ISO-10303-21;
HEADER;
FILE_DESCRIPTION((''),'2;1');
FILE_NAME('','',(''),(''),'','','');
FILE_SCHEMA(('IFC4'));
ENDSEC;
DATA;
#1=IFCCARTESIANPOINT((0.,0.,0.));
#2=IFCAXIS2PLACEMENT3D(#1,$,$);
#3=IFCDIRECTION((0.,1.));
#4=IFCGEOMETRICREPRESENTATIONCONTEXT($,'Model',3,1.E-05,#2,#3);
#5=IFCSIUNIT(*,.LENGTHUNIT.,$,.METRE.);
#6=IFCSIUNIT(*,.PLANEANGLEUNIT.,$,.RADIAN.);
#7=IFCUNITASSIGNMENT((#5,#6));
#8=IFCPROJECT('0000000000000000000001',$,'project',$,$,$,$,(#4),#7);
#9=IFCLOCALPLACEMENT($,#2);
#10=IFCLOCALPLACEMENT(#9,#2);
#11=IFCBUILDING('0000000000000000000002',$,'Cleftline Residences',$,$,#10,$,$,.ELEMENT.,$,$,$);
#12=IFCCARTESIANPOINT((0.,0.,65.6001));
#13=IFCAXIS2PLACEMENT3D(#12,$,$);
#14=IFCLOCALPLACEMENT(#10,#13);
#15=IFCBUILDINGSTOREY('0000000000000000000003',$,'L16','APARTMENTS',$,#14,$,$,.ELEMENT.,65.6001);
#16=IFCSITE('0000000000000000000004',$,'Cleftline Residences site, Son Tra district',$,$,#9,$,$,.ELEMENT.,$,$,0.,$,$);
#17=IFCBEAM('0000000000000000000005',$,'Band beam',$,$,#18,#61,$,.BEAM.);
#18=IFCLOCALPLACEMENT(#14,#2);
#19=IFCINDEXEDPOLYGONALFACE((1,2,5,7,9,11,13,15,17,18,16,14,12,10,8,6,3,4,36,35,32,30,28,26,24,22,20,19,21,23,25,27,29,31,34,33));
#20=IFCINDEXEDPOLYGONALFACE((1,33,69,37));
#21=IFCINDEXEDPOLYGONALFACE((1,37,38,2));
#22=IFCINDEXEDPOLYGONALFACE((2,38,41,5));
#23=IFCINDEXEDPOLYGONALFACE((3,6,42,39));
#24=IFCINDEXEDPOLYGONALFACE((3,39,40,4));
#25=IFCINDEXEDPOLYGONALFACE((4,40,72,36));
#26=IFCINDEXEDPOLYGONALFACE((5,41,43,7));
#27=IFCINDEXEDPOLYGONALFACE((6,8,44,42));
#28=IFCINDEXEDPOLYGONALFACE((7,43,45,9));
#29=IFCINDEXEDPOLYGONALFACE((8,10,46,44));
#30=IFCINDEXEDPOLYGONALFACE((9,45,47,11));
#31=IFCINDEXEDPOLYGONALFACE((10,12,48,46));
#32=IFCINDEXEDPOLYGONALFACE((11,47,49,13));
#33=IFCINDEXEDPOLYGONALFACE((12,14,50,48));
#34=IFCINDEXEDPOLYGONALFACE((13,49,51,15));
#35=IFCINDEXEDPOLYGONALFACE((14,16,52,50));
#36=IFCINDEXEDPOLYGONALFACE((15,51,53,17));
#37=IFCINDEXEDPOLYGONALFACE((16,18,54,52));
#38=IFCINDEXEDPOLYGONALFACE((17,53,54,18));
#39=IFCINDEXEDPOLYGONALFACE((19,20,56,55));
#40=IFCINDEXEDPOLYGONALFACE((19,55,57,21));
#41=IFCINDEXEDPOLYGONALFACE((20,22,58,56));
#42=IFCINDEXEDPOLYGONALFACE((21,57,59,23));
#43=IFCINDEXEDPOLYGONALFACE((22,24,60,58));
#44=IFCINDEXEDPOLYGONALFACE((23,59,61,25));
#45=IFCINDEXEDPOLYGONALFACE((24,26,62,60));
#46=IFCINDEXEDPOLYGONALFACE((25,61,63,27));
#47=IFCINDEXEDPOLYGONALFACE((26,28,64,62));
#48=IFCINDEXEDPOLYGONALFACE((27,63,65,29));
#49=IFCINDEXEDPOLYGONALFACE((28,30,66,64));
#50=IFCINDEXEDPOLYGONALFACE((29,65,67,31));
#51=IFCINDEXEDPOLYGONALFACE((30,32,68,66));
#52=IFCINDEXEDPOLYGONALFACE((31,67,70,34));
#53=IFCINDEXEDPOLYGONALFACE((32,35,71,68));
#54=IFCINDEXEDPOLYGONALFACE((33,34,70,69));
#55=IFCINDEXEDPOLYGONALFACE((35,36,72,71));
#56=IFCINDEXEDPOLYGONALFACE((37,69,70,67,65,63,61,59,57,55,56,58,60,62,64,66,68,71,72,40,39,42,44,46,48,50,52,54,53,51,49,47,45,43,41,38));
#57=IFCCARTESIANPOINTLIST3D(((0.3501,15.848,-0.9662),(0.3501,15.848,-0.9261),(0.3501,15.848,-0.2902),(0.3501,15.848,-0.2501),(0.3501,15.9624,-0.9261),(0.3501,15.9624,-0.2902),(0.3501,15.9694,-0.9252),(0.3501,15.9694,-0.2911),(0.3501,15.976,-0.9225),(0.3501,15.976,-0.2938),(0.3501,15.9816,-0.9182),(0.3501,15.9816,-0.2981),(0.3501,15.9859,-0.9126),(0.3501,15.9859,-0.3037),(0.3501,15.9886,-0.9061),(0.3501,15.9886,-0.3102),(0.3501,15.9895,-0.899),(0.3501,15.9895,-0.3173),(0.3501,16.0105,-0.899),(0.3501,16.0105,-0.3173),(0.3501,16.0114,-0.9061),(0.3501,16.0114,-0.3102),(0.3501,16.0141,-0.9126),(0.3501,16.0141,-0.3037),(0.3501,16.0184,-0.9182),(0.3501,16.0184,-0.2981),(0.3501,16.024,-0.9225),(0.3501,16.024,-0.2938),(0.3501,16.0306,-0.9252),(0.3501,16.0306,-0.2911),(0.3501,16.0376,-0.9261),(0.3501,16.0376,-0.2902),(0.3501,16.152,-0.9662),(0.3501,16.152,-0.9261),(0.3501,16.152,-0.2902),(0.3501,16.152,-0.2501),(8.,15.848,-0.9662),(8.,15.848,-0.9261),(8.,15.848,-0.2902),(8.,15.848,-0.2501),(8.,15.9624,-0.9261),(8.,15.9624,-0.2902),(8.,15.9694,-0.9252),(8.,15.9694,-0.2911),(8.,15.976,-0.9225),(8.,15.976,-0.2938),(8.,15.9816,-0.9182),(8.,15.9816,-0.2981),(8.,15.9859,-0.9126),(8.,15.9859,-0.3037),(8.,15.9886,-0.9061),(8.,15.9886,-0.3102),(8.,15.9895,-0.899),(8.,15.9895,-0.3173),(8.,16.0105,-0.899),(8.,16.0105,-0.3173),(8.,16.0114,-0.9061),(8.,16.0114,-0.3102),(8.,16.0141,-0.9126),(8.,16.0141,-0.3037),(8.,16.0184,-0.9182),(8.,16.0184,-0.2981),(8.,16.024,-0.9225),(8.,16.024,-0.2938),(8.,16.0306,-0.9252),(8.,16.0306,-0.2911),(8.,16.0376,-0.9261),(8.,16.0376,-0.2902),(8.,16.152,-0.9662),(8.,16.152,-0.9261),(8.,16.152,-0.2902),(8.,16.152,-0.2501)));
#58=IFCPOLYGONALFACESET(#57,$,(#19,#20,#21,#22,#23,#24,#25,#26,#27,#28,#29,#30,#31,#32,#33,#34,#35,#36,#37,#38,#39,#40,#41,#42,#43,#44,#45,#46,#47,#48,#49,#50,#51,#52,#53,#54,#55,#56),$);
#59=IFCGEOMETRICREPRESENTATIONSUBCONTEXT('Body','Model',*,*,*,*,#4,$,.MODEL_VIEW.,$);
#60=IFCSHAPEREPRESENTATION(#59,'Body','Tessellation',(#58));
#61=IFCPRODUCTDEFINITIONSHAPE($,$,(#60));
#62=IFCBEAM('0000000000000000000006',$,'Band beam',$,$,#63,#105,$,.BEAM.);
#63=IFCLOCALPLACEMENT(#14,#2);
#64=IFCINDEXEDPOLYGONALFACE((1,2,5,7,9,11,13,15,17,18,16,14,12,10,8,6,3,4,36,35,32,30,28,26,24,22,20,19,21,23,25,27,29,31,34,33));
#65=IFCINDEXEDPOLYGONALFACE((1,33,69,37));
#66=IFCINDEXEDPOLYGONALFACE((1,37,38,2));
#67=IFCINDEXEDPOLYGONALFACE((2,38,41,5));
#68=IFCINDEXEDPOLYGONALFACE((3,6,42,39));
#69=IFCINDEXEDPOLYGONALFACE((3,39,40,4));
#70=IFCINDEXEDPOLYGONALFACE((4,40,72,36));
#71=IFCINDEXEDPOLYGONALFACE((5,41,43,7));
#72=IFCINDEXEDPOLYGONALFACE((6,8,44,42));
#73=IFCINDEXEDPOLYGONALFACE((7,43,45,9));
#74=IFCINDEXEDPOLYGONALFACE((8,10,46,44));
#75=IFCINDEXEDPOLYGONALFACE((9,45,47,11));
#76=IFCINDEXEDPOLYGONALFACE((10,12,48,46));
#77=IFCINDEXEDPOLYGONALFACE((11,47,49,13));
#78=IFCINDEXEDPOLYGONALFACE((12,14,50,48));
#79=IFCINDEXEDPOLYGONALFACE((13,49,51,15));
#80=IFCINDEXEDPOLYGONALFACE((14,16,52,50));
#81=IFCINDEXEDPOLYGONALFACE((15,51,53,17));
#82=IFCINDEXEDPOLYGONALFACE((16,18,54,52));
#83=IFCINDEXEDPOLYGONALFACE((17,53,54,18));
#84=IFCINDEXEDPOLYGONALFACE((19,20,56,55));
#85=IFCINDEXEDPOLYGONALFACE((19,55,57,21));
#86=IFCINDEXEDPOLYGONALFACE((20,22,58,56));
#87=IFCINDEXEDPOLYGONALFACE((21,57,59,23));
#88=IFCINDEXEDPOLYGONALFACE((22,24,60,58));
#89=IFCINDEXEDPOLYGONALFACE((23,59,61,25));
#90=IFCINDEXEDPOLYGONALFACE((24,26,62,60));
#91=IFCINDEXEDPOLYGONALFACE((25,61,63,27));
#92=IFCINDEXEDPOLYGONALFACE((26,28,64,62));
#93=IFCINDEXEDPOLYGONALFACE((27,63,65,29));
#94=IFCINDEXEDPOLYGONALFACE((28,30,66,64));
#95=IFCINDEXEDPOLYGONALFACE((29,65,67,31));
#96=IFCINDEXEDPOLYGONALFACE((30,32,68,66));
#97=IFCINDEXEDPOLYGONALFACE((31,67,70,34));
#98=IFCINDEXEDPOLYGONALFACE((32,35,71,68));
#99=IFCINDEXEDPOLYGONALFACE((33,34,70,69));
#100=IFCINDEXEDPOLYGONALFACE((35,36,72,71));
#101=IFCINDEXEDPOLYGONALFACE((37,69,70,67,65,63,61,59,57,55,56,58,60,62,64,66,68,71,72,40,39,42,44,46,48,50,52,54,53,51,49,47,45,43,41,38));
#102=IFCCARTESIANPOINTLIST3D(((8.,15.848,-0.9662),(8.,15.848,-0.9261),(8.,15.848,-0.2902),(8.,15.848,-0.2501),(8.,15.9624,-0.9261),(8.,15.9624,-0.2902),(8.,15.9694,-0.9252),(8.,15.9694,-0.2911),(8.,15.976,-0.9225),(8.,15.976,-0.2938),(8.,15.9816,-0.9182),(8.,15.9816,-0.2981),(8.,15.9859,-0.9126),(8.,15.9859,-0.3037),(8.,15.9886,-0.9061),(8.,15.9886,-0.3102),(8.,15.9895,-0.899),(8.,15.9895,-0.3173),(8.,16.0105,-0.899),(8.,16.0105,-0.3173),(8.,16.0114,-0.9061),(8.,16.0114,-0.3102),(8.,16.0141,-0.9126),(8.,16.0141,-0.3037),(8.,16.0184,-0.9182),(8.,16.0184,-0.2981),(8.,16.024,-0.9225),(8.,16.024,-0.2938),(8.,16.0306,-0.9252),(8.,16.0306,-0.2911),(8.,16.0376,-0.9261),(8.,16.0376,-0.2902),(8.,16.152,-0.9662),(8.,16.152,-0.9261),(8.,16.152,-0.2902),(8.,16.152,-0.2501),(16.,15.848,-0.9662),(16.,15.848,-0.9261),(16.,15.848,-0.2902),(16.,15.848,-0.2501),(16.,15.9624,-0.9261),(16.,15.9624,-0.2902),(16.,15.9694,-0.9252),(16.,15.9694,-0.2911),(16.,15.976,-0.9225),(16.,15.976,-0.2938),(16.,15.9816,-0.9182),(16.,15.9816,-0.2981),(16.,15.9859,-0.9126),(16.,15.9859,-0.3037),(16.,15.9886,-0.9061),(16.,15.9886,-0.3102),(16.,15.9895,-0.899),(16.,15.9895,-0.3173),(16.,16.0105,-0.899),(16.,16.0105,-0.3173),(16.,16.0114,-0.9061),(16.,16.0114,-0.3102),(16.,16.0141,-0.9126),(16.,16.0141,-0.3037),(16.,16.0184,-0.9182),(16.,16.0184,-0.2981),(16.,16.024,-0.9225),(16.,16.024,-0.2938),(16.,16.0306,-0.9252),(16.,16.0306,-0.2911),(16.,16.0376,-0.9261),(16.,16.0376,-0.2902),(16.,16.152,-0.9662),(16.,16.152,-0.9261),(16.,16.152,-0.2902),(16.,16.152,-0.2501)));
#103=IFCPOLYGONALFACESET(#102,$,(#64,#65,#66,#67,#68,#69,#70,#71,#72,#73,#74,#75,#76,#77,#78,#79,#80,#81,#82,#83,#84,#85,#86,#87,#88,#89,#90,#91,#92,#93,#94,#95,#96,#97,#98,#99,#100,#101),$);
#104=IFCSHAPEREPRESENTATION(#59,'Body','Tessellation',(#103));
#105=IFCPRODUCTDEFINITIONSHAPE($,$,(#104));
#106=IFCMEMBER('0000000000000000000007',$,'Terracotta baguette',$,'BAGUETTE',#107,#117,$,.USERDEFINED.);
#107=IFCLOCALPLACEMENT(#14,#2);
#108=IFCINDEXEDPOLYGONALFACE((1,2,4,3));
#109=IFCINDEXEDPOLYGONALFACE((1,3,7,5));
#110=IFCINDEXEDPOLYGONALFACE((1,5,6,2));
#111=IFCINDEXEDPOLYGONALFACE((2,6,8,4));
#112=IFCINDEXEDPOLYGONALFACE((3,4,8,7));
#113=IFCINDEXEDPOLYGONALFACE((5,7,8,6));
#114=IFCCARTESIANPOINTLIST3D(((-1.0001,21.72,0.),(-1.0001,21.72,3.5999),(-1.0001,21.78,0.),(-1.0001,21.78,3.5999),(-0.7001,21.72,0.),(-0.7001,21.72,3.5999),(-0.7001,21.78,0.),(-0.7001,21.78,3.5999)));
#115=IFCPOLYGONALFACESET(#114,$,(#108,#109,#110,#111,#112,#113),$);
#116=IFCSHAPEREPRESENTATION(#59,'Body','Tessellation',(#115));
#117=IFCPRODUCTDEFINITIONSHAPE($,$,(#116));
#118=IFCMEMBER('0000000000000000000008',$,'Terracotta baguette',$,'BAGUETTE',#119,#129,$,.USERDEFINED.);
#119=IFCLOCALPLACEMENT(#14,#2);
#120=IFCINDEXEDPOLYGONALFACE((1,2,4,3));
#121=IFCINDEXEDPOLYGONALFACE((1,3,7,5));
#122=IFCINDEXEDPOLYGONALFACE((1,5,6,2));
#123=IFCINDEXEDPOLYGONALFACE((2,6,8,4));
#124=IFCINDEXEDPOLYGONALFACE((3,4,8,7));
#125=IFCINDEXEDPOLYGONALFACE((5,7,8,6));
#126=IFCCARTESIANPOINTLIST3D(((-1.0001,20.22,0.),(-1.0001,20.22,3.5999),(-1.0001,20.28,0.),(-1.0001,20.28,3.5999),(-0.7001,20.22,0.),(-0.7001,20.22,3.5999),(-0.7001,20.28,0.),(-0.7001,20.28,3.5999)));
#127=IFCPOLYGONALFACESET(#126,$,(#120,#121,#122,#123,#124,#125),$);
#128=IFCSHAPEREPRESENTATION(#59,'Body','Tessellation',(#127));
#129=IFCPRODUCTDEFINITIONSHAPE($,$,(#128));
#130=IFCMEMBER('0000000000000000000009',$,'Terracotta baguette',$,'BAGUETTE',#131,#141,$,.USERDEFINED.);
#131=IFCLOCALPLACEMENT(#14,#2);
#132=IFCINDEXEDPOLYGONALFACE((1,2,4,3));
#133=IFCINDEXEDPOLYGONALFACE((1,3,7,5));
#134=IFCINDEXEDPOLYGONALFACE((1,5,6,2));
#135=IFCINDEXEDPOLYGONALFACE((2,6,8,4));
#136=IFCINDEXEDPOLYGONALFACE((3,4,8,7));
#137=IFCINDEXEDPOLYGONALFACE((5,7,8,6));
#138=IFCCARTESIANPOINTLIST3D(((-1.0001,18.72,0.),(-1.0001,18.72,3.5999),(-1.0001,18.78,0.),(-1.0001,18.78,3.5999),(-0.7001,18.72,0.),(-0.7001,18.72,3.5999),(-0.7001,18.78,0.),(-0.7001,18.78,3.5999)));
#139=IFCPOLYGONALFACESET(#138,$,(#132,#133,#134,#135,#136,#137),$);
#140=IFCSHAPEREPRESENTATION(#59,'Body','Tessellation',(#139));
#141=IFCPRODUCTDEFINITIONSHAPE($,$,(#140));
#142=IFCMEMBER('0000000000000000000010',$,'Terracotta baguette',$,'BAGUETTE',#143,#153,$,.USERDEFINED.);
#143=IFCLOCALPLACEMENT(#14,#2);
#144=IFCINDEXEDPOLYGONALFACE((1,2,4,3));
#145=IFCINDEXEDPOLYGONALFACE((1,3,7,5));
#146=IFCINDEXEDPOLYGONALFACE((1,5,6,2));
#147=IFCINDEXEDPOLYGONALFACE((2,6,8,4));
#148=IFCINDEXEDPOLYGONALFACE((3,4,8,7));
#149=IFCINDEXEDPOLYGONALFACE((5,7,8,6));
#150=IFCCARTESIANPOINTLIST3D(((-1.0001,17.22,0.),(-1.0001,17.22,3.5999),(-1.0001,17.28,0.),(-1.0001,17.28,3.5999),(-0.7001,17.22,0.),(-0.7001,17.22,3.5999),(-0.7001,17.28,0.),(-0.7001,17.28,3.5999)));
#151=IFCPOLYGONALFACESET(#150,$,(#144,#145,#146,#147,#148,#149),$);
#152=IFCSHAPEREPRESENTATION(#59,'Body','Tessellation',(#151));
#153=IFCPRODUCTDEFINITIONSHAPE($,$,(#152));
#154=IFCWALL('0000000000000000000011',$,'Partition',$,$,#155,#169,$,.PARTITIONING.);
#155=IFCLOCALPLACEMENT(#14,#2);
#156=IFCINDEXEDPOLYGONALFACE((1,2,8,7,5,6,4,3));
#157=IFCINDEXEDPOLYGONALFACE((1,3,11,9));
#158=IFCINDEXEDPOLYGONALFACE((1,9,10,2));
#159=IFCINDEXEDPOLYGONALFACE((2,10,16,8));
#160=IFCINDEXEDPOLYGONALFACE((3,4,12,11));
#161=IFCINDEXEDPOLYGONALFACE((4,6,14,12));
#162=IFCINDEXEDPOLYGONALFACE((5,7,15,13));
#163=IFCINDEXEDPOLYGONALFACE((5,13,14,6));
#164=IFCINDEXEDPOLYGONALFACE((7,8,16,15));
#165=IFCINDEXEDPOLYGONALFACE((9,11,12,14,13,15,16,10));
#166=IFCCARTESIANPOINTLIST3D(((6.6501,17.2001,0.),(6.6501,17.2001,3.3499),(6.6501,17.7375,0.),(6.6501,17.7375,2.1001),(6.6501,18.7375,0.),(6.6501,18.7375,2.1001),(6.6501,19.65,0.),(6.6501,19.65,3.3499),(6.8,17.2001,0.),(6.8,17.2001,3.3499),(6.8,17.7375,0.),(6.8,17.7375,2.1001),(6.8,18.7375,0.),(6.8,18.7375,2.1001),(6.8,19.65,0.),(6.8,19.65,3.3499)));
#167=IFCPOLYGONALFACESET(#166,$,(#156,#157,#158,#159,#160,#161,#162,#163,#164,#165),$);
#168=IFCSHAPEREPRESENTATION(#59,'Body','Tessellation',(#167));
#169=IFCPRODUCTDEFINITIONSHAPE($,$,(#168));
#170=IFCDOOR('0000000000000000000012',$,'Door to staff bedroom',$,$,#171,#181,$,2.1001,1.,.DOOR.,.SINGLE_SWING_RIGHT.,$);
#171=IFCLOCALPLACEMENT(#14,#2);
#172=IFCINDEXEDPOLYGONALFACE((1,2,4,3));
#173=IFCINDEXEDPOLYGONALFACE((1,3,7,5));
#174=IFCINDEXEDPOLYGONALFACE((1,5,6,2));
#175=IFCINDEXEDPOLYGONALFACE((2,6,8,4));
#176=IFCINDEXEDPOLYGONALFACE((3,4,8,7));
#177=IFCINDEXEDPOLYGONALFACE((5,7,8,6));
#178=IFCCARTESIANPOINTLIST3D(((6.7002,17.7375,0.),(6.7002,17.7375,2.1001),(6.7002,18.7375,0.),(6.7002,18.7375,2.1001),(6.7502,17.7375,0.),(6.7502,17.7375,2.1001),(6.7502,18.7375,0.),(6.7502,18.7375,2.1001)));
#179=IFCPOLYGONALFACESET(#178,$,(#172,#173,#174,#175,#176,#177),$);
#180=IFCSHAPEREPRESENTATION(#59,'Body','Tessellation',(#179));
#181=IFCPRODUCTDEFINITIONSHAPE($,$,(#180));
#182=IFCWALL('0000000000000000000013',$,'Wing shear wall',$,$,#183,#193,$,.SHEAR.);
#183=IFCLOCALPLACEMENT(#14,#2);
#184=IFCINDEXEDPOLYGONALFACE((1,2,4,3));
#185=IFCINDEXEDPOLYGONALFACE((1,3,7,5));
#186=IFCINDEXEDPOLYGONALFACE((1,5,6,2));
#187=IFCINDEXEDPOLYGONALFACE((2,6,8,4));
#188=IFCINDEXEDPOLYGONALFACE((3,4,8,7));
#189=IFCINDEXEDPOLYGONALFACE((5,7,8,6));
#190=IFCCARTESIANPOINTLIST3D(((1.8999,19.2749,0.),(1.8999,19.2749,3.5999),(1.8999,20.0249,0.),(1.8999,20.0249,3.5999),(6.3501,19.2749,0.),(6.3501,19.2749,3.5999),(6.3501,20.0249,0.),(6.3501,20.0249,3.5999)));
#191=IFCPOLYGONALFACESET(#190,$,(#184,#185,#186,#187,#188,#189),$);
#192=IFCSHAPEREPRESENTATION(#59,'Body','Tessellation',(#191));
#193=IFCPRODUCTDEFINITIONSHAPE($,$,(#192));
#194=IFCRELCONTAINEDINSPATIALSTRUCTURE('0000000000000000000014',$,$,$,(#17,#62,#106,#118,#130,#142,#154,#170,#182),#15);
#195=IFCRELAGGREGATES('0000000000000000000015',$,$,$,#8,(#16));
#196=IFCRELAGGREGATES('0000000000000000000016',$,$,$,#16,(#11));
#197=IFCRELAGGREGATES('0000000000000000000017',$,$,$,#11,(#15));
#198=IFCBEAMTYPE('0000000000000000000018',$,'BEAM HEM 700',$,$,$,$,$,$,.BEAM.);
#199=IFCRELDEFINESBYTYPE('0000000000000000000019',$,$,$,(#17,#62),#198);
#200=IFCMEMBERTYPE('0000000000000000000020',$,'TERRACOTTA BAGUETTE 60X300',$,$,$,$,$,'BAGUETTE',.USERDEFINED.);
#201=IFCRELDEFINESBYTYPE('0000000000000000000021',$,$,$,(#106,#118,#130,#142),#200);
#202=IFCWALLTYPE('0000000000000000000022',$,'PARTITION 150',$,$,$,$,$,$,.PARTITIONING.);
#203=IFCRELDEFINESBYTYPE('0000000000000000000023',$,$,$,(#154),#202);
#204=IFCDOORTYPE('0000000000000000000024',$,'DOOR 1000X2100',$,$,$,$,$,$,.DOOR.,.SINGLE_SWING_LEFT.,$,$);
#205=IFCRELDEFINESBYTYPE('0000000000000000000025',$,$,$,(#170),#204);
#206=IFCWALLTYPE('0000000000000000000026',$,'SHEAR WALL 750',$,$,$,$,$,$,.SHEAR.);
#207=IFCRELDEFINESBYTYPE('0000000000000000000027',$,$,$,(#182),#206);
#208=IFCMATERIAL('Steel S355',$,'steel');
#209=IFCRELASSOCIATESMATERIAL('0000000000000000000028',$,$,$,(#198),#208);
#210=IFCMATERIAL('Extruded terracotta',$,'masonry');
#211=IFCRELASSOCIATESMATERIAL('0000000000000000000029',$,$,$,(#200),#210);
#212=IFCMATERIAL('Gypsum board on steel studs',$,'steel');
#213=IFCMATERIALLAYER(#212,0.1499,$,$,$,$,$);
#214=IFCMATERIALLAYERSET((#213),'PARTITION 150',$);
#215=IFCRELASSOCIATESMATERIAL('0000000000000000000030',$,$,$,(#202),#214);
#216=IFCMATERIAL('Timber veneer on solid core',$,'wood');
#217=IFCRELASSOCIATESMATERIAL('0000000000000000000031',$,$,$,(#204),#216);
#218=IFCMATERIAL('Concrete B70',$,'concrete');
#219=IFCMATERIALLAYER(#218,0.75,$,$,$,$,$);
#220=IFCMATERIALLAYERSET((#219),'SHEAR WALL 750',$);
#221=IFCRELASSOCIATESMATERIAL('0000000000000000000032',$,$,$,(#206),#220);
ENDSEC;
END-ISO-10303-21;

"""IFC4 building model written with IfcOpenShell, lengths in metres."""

from ifc_helpers import new_model, si_unit, direction, frame, frame_2d, origin, origin_2d, place, context, subcontext, project, spatial, rectangle, i_section, extrude, material, layer, layer_set, material_profile, profile_set, type_object, element, fill, save


model = new_model("IFC4")

# Units and contexts
model_context = context("Model", 3, precision=1e-05, world=origin(), true_north=direction((0.0, 1.0)))
body_context = subcontext(model_context, "Body", "Model", "MODEL_VIEW")
ifc_project = project(units=[si_unit("LENGTHUNIT", "METRE"), si_unit("PLANEANGLEUNIT", "RADIAN")], contexts=[model_context])

# Site, building, storey
site_placement = place(None, origin())
site = spatial("IfcSite", under=ifc_project, at=site_placement, Name="Cleftline Residences site, Son Tra district", CompositionType="ELEMENT", RefElevation=0.0)
building_placement = place(site_placement, origin())
building = spatial("IfcBuilding", under=site, at=building_placement, Name="Cleftline Residences", CompositionType="ELEMENT")
storey_placement = place(building_placement, frame((0.0, 0.0, 65.6001)))
storey = spatial("IfcBuildingStorey", under=building, at=storey_placement, Name="L16", Description="APARTMENTS", CompositionType="ELEMENT", Elevation=65.6001)

# Beams
ifc_material_1 = material(Name="Steel S355", Category="steel")
ifc_material_profile_1 = material_profile(ifc_material_1, i_section(OverallWidth=0.304, OverallDepth=0.7161, WebThickness=0.021, FlangeThickness=0.04, FilletRadius=0.0271, at=origin_2d()))
ifc_profile_set_1 = profile_set([ifc_material_profile_1], Name="Steel S355")
beam_type_1 = type_object("IfcBeamType", Name="BEAM HEM 700", PredefinedType="BEAM", material=ifc_profile_set_1)
beam_1_placement = place(storey_placement, frame((0.3501, 16.0, -0.6082), z_axis=(1.0, 0.0, 0.0), x_axis=(0.0, 1.0, 0.0)))
element("IfcBeam", 1, at=beam_1_placement, inside=storey, type_object=beam_type_1, Name="Band beam", PredefinedType="BEAM", context=body_context, shape_type="SweptSolid", body=[
    extrude(i_section(OverallWidth=0.304, OverallDepth=0.7161, WebThickness=0.021, FlangeThickness=0.04, FilletRadius=0.0271, at=origin_2d()), origin(), (0.0, 0.0, 1.0), 7.6499),
])
beam_2_placement = place(storey_placement, frame((8.0, 16.0, -0.6082), z_axis=(1.0, 0.0, 0.0), x_axis=(0.0, 1.0, 0.0)))
element("IfcBeam", 2, at=beam_2_placement, inside=storey, type_object=beam_type_1, Name="Band beam", PredefinedType="BEAM", context=body_context, shape_type="SweptSolid", body=[
    extrude(i_section(OverallWidth=0.304, OverallDepth=0.7161, WebThickness=0.021, FlangeThickness=0.04, FilletRadius=0.0271, at=origin_2d()), origin(), (0.0, 0.0, 1.0), 8.0),
])

# Members
ifc_material_2 = material(Name="Extruded terracotta", Category="masonry")
ifc_material_profile_2 = material_profile(ifc_material_2, rectangle(XDim=0.0601, YDim=0.3, at=origin_2d()))
ifc_profile_set_2 = profile_set([ifc_material_profile_2], Name="Extruded terracotta")
member_type_1 = type_object("IfcMemberType", Name="TERRACOTTA BAGUETTE 60X300", ElementType="BAGUETTE", PredefinedType="USERDEFINED", material=ifc_profile_set_2)
for number, where, z_axis, x_axis, name in (
    (3, (-0.8501, 21.75, 0.0), (0.0, 0.0, 1.0), (0.0, 1.0, 0.0), "Terracotta baguette"),
    (4, (-0.8501, 20.25, 0.0), (0.0, 0.0, 1.0), (0.0, 1.0, 0.0), "Terracotta baguette"),
    (5, (-0.8501, 18.75, 0.0), (0.0, 0.0, 1.0), (0.0, 1.0, 0.0), "Terracotta baguette"),
    (6, (-0.8501, 17.25, 0.0), (0.0, 0.0, 1.0), (0.0, 1.0, 0.0), "Terracotta baguette"),
):
    element("IfcMember", number, at=place(storey_placement, frame(where, z_axis=z_axis, x_axis=x_axis)), inside=storey, type_object=member_type_1, Name=name, ObjectType="BAGUETTE", PredefinedType="USERDEFINED", context=body_context, shape_type="SweptSolid", body=[
        extrude(rectangle(XDim=0.0601, YDim=0.3, at=origin_2d()), origin(), (0.0, 0.0, 1.0), 3.5999),
    ])

# Wall, opening, door
ifc_material_3 = material(Name="Gypsum board on steel studs", Category="steel")
ifc_layer_1 = layer(ifc_material_3, 0.1499)
ifc_layer_set_1 = layer_set([ifc_layer_1], Name="PARTITION 150")
wall_type_1 = type_object("IfcWallType", Name="PARTITION 150", PredefinedType="PARTITIONING", material=ifc_layer_set_1)
wall_1_placement = place(storey_placement, frame((6.7251, 17.2, 0.0), z_axis=(0.0, 0.0, 1.0), x_axis=(0.0, 1.0, 0.0)))
wall_1 = element("IfcWall", 7, at=wall_1_placement, inside=storey, type_object=wall_type_1, Name="Partition", PredefinedType="PARTITIONING", context=body_context, shape_type="SweptSolid", body=[
    extrude(rectangle(XDim=2.45, YDim=0.1499, at=frame_2d((1.2251, 0.0))), origin(), (0.0, 0.0, 1.0), 3.3499),
])
opening_1_placement = place(wall_1_placement, frame((0.5376, 0.0, 0.0)))
opening_1 = element("IfcOpeningElement", 8, at=opening_1_placement, cuts=wall_1, PredefinedType="OPENING", context=body_context, shape_type="SweptSolid", body=[
    extrude(rectangle(XDim=1.0, YDim=2.1001, at=frame_2d((0.5, 1.05))), frame((0.0, 0.085, 0.0), z_axis=(0.0, -1.0, 0.0), x_axis=(1.0, 0.0, 0.0)), (0.0, 0.0, 1.0), 0.1699),
])
ifc_material_4 = material(Name="Timber veneer on solid core", Category="wood")
door_type_1 = type_object("IfcDoorType", Name="DOOR 1000X2100", OperationType="SINGLE_SWING_LEFT", PredefinedType="DOOR", material=ifc_material_4)
door_1_placement = place(opening_1_placement, origin())
door_1 = element("IfcDoor", 9, at=door_1_placement, inside=storey, type_object=door_type_1, Name="Door to staff bedroom", OperationType="SINGLE_SWING_RIGHT", OverallHeight=2.1001, OverallWidth=1.0, PredefinedType="DOOR", context=body_context, shape_type="SweptSolid", body=[
    extrude(rectangle(XDim=1.0, YDim=2.1001, at=frame_2d((0.5, 1.05))), frame((0.0, 0.0249, 0.0), z_axis=(0.0, -1.0, 0.0), x_axis=(1.0, 0.0, 0.0)), (0.0, 0.0, 1.0), 0.05),
])
fill(opening_1, door_1)

# Wall
ifc_material_5 = material(Name="Concrete B70", Category="concrete")
ifc_layer_2 = layer(ifc_material_5, 0.75)
ifc_layer_set_2 = layer_set([ifc_layer_2], Name="SHEAR WALL 750")
wall_type_2 = type_object("IfcWallType", Name="SHEAR WALL 750", PredefinedType="SHEAR", material=ifc_layer_set_2)
wall_2_placement = place(storey_placement, frame((1.8999, 19.6499, 0.0), z_axis=(0.0, 0.0, 1.0), x_axis=(1.0, 0.0, 0.0)))
element("IfcWall", 10, at=wall_2_placement, inside=storey, type_object=wall_type_2, Name="Wing shear wall", PredefinedType="SHEAR", context=body_context, shape_type="SweptSolid", body=[
    extrude(rectangle(XDim=4.4502, YDim=0.75, at=frame_2d((2.2251, 0.0))), origin(), (0.0, 0.0, 1.0), 3.5999),
])

save(model, "model.ifc")
